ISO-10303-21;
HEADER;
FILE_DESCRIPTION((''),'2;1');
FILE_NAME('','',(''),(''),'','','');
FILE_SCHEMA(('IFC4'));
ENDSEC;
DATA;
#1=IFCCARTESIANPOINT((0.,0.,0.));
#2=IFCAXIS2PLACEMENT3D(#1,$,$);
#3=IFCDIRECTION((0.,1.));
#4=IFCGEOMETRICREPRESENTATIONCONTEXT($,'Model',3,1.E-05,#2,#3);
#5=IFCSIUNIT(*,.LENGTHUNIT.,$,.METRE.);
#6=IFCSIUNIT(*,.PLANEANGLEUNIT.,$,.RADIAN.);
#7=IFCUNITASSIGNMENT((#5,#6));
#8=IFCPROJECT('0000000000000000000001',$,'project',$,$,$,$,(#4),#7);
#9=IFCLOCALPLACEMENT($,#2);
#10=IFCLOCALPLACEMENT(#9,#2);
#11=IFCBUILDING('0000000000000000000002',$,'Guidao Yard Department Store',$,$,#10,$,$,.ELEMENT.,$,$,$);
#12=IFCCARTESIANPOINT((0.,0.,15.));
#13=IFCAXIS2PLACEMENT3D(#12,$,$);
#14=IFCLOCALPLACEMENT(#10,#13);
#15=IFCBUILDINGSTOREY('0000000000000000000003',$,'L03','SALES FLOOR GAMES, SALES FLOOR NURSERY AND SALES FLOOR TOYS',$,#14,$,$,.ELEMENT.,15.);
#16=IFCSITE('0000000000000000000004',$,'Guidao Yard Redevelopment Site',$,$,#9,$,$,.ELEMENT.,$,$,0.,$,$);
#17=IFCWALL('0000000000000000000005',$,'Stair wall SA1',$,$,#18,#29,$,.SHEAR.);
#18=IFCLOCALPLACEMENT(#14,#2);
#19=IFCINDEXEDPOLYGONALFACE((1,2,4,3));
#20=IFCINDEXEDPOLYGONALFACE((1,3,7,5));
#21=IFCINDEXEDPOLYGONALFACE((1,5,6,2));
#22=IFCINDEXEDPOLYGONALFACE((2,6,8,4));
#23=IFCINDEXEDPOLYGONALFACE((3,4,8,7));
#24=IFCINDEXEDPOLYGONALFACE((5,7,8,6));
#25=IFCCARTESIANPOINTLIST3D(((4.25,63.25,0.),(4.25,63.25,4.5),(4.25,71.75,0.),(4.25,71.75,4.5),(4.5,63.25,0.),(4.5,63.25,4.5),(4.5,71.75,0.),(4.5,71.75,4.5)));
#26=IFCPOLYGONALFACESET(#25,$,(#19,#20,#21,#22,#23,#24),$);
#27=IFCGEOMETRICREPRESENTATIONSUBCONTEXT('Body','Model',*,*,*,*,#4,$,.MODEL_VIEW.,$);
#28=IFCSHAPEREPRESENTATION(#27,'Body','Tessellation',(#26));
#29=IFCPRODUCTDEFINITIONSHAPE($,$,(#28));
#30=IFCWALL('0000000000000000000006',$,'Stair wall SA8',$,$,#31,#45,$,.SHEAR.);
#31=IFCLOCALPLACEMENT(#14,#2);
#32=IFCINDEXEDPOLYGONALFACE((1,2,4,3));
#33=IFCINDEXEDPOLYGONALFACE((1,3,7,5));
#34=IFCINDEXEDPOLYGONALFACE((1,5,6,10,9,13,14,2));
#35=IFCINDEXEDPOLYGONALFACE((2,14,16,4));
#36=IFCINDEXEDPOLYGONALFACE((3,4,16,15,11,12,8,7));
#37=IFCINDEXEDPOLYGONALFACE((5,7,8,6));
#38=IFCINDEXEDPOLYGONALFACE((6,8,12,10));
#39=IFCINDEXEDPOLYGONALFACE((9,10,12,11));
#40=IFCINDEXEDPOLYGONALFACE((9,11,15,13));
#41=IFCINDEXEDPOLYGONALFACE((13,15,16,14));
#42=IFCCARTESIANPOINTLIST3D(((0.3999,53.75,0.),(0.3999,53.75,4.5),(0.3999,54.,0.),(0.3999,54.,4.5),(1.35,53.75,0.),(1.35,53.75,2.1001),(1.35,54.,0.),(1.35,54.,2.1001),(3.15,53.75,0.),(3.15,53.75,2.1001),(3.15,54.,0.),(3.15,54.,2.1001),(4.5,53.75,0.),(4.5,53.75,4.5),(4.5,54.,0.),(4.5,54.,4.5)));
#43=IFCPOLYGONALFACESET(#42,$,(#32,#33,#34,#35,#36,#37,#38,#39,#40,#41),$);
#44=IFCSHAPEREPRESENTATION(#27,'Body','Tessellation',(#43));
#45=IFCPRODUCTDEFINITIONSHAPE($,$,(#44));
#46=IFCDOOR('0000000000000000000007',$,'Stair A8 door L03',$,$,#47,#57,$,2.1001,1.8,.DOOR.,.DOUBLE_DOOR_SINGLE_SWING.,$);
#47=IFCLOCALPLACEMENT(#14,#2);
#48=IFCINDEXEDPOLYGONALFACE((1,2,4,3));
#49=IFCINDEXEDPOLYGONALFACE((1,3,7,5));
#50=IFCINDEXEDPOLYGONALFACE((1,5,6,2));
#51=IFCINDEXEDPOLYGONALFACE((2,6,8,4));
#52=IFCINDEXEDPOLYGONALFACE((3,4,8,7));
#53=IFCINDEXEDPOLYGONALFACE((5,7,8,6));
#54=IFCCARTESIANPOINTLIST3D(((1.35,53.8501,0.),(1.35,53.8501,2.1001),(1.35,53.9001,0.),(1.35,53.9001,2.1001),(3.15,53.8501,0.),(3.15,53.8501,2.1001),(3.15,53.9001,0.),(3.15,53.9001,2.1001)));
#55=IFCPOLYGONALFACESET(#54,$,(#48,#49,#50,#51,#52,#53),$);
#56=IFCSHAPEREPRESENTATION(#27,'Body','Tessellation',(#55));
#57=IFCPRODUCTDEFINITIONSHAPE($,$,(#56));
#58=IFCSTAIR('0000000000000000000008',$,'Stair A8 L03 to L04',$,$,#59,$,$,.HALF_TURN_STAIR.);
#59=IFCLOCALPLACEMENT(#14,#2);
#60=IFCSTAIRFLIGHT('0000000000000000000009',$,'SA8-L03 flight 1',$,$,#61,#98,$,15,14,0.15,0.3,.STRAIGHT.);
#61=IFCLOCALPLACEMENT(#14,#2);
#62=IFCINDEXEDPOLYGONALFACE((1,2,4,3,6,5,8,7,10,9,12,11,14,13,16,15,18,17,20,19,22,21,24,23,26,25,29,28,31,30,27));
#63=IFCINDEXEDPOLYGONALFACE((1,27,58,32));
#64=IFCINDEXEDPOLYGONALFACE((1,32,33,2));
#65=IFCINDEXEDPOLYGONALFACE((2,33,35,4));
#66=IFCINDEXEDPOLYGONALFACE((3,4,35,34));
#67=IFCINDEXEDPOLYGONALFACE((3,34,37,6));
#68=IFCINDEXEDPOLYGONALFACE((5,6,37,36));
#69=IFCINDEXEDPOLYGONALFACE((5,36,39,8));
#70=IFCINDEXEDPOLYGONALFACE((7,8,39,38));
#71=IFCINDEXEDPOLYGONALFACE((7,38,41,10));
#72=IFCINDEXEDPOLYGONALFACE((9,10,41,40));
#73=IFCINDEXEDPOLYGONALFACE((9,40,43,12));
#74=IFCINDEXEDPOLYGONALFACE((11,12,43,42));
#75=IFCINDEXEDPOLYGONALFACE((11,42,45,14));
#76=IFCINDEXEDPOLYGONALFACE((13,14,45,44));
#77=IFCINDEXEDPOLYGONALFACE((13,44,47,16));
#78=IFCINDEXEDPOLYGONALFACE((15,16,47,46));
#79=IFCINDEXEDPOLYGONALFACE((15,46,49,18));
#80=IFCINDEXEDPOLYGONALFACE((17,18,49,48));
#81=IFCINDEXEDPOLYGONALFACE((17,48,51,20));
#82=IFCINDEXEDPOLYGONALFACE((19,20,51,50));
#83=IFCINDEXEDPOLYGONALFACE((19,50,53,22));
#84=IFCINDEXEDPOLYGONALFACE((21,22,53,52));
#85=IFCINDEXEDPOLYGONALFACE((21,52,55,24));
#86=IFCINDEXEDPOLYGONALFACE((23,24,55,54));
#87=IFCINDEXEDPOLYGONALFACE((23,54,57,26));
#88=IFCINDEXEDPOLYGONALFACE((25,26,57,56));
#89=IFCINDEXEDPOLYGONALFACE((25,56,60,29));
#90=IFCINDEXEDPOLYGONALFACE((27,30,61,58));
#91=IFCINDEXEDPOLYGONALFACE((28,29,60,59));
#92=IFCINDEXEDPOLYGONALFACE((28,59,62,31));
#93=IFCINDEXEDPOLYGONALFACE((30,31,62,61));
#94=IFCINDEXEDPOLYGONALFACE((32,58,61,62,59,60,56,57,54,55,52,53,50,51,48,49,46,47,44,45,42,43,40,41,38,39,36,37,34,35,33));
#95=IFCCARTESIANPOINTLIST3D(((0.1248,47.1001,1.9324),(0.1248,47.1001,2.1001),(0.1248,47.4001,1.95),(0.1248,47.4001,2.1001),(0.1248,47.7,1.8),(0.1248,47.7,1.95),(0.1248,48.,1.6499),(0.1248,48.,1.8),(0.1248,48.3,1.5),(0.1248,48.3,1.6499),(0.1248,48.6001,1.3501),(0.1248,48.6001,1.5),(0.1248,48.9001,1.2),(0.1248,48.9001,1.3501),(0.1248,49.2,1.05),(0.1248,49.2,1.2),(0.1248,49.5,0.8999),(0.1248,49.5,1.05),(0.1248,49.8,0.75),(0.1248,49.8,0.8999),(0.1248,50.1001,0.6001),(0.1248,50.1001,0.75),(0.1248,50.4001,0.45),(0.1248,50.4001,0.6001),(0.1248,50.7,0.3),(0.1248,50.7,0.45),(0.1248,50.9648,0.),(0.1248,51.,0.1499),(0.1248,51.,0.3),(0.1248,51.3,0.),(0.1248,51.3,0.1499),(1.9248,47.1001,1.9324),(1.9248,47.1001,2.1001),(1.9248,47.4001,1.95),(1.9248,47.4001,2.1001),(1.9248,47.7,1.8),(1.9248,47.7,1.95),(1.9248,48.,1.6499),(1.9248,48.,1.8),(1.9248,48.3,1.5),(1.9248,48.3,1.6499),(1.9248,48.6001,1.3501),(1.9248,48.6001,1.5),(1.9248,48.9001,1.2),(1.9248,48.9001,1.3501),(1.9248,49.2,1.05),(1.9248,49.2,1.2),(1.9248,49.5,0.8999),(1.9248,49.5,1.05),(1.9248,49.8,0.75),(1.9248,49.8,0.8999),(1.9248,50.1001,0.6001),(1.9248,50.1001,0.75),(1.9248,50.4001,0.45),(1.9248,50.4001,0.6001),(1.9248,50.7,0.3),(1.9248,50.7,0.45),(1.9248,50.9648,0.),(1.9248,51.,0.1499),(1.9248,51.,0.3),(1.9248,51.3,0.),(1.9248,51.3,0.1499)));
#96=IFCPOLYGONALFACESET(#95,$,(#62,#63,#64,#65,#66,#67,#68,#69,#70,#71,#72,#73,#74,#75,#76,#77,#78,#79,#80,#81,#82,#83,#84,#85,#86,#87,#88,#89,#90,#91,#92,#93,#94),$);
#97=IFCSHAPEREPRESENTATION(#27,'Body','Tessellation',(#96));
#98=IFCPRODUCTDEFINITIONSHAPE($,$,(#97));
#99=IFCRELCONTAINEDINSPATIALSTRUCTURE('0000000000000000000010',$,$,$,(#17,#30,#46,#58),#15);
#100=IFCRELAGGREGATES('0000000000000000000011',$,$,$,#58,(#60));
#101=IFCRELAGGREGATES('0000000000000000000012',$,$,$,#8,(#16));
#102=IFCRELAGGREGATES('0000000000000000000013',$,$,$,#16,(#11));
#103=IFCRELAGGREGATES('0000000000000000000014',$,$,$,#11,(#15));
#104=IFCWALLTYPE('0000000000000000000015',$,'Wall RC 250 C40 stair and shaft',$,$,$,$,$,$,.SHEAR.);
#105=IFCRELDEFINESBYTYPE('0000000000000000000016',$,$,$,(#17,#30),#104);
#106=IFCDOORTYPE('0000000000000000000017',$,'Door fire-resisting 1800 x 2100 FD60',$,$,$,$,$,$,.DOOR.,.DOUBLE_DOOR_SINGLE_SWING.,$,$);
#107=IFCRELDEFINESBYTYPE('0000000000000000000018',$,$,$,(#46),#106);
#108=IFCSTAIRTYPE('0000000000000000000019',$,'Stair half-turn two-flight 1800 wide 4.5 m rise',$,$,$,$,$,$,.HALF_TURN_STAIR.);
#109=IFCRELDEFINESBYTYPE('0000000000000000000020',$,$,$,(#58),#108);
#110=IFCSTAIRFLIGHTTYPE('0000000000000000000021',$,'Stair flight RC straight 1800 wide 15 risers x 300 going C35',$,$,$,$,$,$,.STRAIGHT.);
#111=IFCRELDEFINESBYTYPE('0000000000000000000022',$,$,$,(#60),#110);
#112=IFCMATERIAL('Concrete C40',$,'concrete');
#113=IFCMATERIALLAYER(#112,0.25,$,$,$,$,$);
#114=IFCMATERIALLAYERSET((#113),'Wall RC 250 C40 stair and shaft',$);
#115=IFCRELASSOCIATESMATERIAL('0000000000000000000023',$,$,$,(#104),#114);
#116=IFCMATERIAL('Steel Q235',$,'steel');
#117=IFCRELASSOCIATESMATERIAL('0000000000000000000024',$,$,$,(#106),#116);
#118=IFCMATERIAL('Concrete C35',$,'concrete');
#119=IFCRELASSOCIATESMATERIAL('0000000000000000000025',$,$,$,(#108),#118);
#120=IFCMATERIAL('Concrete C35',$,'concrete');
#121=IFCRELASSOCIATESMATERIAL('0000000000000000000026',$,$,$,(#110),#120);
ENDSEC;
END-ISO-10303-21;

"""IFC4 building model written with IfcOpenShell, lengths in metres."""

from ifc_helpers import new_model, si_unit, direction, frame, frame_2d, origin, place, context, subcontext, project, spatial, polyline, rectangle, outline, extrude, material, layer, layer_set, type_object, element, fill, aggregate, save


model = new_model("IFC4")

# Units and contexts
model_context = context("Model", 3, precision=1e-05, world=origin(), true_north=direction((0.0, 1.0)))
body_context = subcontext(model_context, "Body", "Model", "MODEL_VIEW")
ifc_project = project(units=[si_unit("LENGTHUNIT", "METRE"), si_unit("PLANEANGLEUNIT", "RADIAN")], contexts=[model_context])

# Site, building, storey
site_placement = place(None, origin())
site = spatial("IfcSite", under=ifc_project, at=site_placement, Name="Guidao Yard Redevelopment Site", CompositionType="ELEMENT", RefElevation=0.0)
building_placement = place(site_placement, origin())
building = spatial("IfcBuilding", under=site, at=building_placement, Name="Guidao Yard Department Store", CompositionType="ELEMENT")
storey_placement = place(building_placement, frame((0.0, 0.0, 15.0)))
storey = spatial("IfcBuildingStorey", under=building, at=storey_placement, Name="L03", Description="SALES FLOOR GAMES, SALES FLOOR NURSERY AND SALES FLOOR TOYS", CompositionType="ELEMENT", Elevation=15.0)

# Shared definitions
ifc_material_1 = material(Name="Concrete C40", Category="concrete")
ifc_layer_1 = layer(ifc_material_1, 0.25)
ifc_layer_set_1 = layer_set([ifc_layer_1], Name="Wall RC 250 C40 stair and shaft")
wall_type_1 = type_object("IfcWallType", Name="Wall RC 250 C40 stair and shaft", PredefinedType="SHEAR", material=ifc_layer_set_1)
ifc_material_2 = material(Name="Steel Q235", Category="steel")
door_type = type_object("IfcDoorType", Name="Door fire-resisting 1800 x 2100 FD60", OperationType="DOUBLE_DOOR_SINGLE_SWING", PredefinedType="DOOR", material=ifc_material_2)

# Wall
wall_1_placement = place(storey_placement, frame((4.375, 63.25, 0.0), z_axis=(0.0, 0.0, 1.0), x_axis=(0.0, 1.0, 0.0)))
element("IfcWall", 1, at=wall_1_placement, inside=storey, type_object=wall_type_1, Name="Stair wall SA1", PredefinedType="SHEAR", context=body_context, shape_type="SweptSolid", body=[
    extrude(rectangle(XDim=8.5, YDim=0.25, at=frame_2d((4.25, 0.0))), origin(), (0.0, 0.0, 1.0), 4.5),
])

# Wall, opening, door
wall_2_placement = place(storey_placement, frame((0.3999, 53.875, 0.0), z_axis=(0.0, 0.0, 1.0), x_axis=(1.0, 0.0, 0.0)))
wall_2 = element("IfcWall", 2, at=wall_2_placement, inside=storey, type_object=wall_type_1, Name="Stair wall SA8", PredefinedType="SHEAR", context=body_context, shape_type="SweptSolid", body=[
    extrude(rectangle(XDim=4.1001, YDim=0.25, at=frame_2d((2.05, 0.0))), origin(), (0.0, 0.0, 1.0), 4.5),
])
opening_1_placement = place(wall_2_placement, frame((2.75, 0.0, 0.0), z_axis=(0.0, 0.0, 1.0), x_axis=(-1.0, 0.0, 0.0)))
opening_1 = element("IfcOpeningElement", 3, at=opening_1_placement, cuts=wall_2, PredefinedType="OPENING", context=body_context, shape_type="SweptSolid", body=[
    extrude(rectangle(XDim=1.8, YDim=2.1001, at=frame_2d((0.8999, 1.05))), frame((0.0, 0.135, 0.0), z_axis=(0.0, -1.0, 0.0), x_axis=(1.0, 0.0, 0.0)), (0.0, 0.0, 1.0), 0.27),
])
door_1_placement = place(opening_1_placement, origin())
door_1 = element("IfcDoor", 4, at=door_1_placement, inside=storey, type_object=door_type, Name="Stair A8 door L03", OperationType="DOUBLE_DOOR_SINGLE_SWING", OverallHeight=2.1001, OverallWidth=1.8, PredefinedType="DOOR", context=body_context, shape_type="SweptSolid", body=[
    extrude(rectangle(XDim=1.8, YDim=2.1001, at=frame_2d((0.8999, 1.05))), frame((0.0, 0.0249, 0.0), z_axis=(0.0, -1.0, 0.0), x_axis=(1.0, 0.0, 0.0)), (0.0, 0.0, 1.0), 0.05),
])
fill(opening_1, door_1)

# Stair, stair flight
ifc_material_3 = material(Name="Concrete C35", Category="concrete")
stair_type = type_object("IfcStairType", Name="Stair half-turn two-flight 1800 wide 4.5 m rise", PredefinedType="HALF_TURN_STAIR", material=ifc_material_3)
stair_placement = place(storey_placement, origin())
stair = element("IfcStair", 5, at=stair_placement, inside=storey, type_object=stair_type, Name="Stair A8 L03 to L04", PredefinedType="HALF_TURN_STAIR")
ifc_material_4 = material(Name="Concrete C35", Category="concrete")
stair_flight_type = type_object("IfcStairFlightType", Name="Stair flight RC straight 1800 wide 15 risers x 300 going C35", PredefinedType="STRAIGHT", material=ifc_material_4)
stair_flight_placement = place(storey_placement, frame((1.0249, 51.3, 0.0), z_axis=(0.0, 0.0, 1.0), x_axis=(0.0, -1.0, 0.0)))
stair_flight = element("IfcStairFlight", 6, at=stair_flight_placement, type_object=stair_flight_type, Name="SA8-L03 flight 1", NumberOfRisers=15, NumberOfTreads=14, PredefinedType="STRAIGHT", RiserHeight=0.15, TreadLength=0.3, context=body_context, shape_type="SweptSolid", body=[
    extrude(outline(polyline([(0.0, 0.0), (0.0, 0.1499), (0.3, 0.1499), (0.3, 0.3), (0.6001, 0.3), (0.6001, 0.45), (0.8999, 0.45), (0.8999, 0.6001), (1.2, 0.6001), (1.2, 0.75), (1.5, 0.75), (1.5, 0.8999), (1.8, 0.8999), (1.8, 1.05), (2.1001, 1.05), (2.1001, 1.2), (2.3999, 1.2), (2.3999, 1.3501), (2.7, 1.3501), (2.7, 1.5), (3.0, 1.5), (3.0, 1.6499), (3.3, 1.6499), (3.3, 1.8), (3.6001, 1.8), (3.6001, 1.95), (3.8999, 1.95), (3.8999, 2.1001), (4.2, 2.1001), (4.2, 2.25), (4.2, 1.9324), (0.3352, 0.0), (0.0, 0.0)])), frame((0.0, 0.8999, 0.0), z_axis=(0.0, -1.0, 0.0), x_axis=(1.0, 0.0, 0.0)), (0.0, 0.0, 1.0), 1.8),
])
aggregate(stair, [stair_flight])

save(model, "model.ifc")
